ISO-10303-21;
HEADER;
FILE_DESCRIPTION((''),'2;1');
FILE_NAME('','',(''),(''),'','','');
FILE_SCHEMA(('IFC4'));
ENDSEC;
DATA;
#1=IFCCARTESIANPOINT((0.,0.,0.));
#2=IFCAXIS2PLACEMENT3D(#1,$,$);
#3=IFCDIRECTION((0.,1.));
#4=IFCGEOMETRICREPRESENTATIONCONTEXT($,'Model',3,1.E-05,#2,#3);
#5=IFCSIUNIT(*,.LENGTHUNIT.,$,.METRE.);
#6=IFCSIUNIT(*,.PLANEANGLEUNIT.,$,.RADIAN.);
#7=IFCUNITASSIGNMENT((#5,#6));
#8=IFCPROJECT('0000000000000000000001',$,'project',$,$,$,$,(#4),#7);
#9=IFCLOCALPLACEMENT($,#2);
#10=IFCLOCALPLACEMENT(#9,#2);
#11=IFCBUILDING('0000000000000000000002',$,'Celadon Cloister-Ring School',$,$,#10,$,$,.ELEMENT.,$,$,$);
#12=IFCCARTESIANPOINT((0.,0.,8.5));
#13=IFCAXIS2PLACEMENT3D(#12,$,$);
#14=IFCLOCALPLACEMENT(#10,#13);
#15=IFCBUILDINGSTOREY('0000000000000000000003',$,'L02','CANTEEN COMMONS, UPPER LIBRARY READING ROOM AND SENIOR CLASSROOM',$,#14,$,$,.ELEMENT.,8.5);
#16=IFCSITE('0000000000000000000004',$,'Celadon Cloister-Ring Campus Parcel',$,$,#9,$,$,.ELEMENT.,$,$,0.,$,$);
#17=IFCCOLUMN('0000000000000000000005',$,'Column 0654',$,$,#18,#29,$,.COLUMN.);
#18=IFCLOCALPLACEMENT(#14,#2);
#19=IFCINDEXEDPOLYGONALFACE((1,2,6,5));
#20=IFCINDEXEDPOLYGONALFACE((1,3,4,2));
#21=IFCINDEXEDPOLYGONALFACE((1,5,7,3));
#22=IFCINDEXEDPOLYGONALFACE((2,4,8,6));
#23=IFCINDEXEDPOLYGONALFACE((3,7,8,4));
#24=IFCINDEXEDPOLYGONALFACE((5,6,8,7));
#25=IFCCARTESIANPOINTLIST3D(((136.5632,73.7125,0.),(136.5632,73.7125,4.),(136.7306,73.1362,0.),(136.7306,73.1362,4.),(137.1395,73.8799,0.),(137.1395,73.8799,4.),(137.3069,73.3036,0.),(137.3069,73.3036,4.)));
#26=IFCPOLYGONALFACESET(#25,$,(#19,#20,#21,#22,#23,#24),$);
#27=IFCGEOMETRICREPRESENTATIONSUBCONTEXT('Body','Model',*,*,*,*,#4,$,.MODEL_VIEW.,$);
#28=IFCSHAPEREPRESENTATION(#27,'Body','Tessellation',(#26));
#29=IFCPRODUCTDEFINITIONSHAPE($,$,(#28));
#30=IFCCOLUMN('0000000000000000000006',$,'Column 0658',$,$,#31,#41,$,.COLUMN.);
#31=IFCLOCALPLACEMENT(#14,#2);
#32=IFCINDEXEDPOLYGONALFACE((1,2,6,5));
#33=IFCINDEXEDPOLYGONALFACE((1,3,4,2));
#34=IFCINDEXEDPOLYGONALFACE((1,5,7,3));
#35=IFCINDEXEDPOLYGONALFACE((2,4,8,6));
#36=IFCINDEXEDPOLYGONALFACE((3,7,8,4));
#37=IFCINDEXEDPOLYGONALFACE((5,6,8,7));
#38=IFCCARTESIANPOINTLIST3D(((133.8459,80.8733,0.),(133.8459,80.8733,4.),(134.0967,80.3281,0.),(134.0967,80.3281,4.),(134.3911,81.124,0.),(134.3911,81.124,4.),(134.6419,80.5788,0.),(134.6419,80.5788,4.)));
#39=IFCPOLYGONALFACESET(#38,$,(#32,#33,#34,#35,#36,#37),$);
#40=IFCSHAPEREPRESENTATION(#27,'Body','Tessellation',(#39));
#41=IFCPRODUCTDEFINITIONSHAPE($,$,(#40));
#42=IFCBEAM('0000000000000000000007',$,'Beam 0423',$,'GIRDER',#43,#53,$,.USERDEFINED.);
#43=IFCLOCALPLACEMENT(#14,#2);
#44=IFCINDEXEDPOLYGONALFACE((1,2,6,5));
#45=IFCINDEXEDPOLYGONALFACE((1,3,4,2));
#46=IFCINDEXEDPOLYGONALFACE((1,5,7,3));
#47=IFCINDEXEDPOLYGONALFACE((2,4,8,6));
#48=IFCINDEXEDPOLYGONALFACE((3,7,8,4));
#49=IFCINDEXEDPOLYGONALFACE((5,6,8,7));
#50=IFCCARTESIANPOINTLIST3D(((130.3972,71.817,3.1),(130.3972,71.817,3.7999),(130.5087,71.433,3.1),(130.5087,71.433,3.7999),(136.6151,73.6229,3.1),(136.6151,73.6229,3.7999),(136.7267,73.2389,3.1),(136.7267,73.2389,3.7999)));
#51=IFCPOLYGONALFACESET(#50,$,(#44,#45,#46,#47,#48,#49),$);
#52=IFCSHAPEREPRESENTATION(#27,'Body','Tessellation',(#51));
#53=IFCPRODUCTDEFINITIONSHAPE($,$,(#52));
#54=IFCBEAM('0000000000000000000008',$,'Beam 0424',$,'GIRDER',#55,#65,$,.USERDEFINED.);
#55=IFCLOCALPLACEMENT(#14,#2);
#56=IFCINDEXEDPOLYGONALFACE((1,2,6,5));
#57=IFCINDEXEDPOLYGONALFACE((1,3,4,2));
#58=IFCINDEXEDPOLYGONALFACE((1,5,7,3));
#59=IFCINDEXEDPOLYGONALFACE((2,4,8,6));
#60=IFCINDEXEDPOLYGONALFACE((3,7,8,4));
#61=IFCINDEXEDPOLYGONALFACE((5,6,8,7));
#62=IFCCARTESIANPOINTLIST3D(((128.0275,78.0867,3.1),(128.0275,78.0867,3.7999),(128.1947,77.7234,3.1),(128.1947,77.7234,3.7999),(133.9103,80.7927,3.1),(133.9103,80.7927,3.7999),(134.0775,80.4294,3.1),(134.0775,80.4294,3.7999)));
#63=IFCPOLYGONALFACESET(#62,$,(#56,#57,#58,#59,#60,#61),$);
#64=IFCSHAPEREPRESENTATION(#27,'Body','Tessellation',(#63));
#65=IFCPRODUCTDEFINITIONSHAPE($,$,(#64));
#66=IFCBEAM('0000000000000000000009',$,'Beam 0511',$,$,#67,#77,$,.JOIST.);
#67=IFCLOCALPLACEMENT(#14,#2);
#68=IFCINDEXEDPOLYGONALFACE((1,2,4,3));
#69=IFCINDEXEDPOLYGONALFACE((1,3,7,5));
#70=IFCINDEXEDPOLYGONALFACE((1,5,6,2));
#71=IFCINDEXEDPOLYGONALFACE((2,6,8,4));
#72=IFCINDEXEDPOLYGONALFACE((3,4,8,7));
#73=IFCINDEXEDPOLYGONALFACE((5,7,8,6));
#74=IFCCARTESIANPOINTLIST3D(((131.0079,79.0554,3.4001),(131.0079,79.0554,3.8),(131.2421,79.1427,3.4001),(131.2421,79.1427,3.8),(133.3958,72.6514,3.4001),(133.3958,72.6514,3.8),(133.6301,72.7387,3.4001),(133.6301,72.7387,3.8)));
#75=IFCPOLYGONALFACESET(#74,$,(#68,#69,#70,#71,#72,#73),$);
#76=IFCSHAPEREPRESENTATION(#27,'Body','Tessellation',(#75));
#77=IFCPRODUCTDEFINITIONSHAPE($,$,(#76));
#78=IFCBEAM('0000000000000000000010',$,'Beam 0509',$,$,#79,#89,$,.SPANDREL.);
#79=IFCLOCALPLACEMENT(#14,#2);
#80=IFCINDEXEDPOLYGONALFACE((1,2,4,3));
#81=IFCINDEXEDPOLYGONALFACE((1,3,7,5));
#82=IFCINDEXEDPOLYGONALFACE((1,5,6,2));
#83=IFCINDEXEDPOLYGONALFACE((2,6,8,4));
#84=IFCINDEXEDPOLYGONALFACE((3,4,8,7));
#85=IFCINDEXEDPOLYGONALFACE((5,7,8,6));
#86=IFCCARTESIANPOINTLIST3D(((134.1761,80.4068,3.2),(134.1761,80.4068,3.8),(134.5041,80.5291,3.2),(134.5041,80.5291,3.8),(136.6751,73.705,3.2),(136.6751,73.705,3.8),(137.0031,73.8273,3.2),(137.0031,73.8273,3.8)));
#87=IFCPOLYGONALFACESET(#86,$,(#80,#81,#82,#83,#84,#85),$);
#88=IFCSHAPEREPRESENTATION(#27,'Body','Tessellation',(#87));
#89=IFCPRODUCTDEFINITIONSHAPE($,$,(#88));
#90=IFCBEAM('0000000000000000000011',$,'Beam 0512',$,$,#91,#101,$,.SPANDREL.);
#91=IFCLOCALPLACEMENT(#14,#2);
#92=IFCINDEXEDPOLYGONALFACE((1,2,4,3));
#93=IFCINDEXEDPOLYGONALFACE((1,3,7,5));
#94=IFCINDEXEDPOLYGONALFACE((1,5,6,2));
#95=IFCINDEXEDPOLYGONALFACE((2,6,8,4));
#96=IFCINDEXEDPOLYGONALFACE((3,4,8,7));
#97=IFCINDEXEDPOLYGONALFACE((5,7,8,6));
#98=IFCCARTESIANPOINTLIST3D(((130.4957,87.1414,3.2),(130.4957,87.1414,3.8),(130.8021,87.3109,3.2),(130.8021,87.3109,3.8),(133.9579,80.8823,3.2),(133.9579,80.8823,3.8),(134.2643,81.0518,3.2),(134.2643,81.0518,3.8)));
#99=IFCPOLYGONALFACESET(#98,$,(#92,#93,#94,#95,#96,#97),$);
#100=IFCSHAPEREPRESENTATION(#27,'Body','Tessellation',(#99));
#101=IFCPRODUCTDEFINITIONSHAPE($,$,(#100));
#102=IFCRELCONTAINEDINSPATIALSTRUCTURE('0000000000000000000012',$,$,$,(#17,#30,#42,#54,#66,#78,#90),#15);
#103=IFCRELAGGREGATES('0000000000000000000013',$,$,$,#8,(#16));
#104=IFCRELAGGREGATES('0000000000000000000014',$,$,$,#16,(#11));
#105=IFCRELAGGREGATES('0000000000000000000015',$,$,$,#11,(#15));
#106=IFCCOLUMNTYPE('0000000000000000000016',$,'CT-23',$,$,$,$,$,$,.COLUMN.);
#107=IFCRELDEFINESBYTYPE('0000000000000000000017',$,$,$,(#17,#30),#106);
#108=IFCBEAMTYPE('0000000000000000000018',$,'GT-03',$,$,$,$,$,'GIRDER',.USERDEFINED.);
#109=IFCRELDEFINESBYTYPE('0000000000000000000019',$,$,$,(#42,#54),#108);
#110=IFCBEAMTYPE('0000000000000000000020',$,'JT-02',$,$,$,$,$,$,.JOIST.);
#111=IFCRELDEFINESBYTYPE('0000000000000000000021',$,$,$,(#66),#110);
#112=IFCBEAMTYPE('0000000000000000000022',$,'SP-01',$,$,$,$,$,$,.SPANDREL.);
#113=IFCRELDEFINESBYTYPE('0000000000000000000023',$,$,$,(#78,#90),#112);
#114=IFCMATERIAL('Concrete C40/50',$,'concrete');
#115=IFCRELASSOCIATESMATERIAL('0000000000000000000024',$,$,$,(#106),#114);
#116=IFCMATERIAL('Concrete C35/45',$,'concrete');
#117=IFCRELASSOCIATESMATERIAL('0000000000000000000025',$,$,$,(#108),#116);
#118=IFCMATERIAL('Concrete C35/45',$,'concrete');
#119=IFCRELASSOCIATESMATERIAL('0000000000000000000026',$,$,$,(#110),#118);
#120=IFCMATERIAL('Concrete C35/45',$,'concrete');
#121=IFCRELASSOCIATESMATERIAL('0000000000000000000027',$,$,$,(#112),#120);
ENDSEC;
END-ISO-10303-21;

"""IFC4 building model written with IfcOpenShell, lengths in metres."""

from ifc_helpers import new_model, si_unit, direction, frame, origin, origin_2d, place, context, subcontext, project, spatial, rectangle, extrude, material, material_profile, profile_set, type_object, element, save


model = new_model("IFC4")

# Units and contexts
model_context = context("Model", 3, precision=1e-05, world=origin(), true_north=direction((0.0, 1.0)))
body_context = subcontext(model_context, "Body", "Model", "MODEL_VIEW")
ifc_project = project(units=[si_unit("LENGTHUNIT", "METRE"), si_unit("PLANEANGLEUNIT", "RADIAN")], contexts=[model_context])

# Site, building, storey
site_placement = place(None, origin())
site = spatial("IfcSite", under=ifc_project, at=site_placement, Name="Celadon Cloister-Ring Campus Parcel", CompositionType="ELEMENT", RefElevation=0.0)
building_placement = place(site_placement, origin())
building = spatial("IfcBuilding", under=site, at=building_placement, Name="Celadon Cloister-Ring School", CompositionType="ELEMENT")
storey_placement = place(building_placement, frame((0.0, 0.0, 8.5)))
storey = spatial("IfcBuildingStorey", under=building, at=storey_placement, Name="L02", Description="CANTEEN COMMONS, UPPER LIBRARY READING ROOM AND SENIOR CLASSROOM", CompositionType="ELEMENT", Elevation=8.5)

# Columns
ifc_material_1 = material(Name="Concrete C40/50", Category="concrete")
ifc_material_profile_1 = material_profile(ifc_material_1, rectangle(XDim=0.6001, YDim=0.6001, at=origin_2d()), Name="RC600X600")
ifc_profile_set_1 = profile_set([ifc_material_profile_1], Name="Concrete C40/50")
column_type = type_object("IfcColumnType", Name="CT-23", PredefinedType="COLUMN", material=ifc_profile_set_1)
for number, where, z_axis, x_axis, name in (
    (1, (136.9351, 73.5081, 0.0), (0.0, 0.0, 1.0), (0.960294, 0.278991, 0.0), "Column 0654"),
    (2, (134.2439, 80.7261, 0.0), (0.0, 0.0, 1.0), (0.908537, 0.417804, 0.0), "Column 0658"),
):
    element("IfcColumn", number, at=place(storey_placement, frame(where, z_axis=z_axis, x_axis=x_axis)), inside=storey, type_object=column_type, Name=name, PredefinedType="COLUMN", context=body_context, shape_type="SweptSolid", body=[
        extrude(rectangle(XDim=0.6001, YDim=0.6001, at=origin_2d()), origin(), (0.0, 0.0, 1.0), 4.0),
    ])

# Beams
ifc_material_2 = material(Name="Concrete C35/45", Category="concrete")
ifc_material_profile_2 = material_profile(ifc_material_2, rectangle(XDim=0.3999, YDim=0.7, at=origin_2d()), Name="RC400X700")
ifc_profile_set_2 = profile_set([ifc_material_profile_2], Name="Concrete C35/45")
beam_type_1 = type_object("IfcBeamType", Name="GT-03", ElementType="GIRDER", PredefinedType="USERDEFINED", material=ifc_profile_set_2)
beam_1_placement = place(storey_placement, frame((136.6709, 73.4309, 3.45), z_axis=(-0.960318, -0.278907, 0.0), x_axis=(0.278907, -0.960318, 0.0)))
element("IfcBeam", 3, at=beam_1_placement, inside=storey, type_object=beam_type_1, Name="Beam 0423", ObjectType="GIRDER", PredefinedType="USERDEFINED", context=body_context, shape_type="SweptSolid", body=[
    extrude(rectangle(XDim=0.3999, YDim=0.7, at=origin_2d()), origin(), (0.0, 0.0, 1.0), 6.4749),
])
beam_2_placement = place(storey_placement, frame((133.9939, 80.6111, 3.45), z_axis=(-0.908493, -0.417901, 0.0), x_axis=(0.417901, -0.908493, 0.0)))
element("IfcBeam", 4, at=beam_2_placement, inside=storey, type_object=beam_type_1, Name="Beam 0424", ObjectType="GIRDER", PredefinedType="USERDEFINED", context=body_context, shape_type="SweptSolid", body=[
    extrude(rectangle(XDim=0.3999, YDim=0.7, at=origin_2d()), origin(), (0.0, 0.0, 1.0), 6.4753),
])
ifc_material_3 = material(Name="Concrete C35/45", Category="concrete")
ifc_material_profile_3 = material_profile(ifc_material_3, rectangle(XDim=0.25, YDim=0.3999, at=origin_2d()), Name="RC250X400")
ifc_profile_set_3 = profile_set([ifc_material_profile_3], Name="Concrete C35/45")
beam_type_2 = type_object("IfcBeamType", Name="JT-02", PredefinedType="JOIST", material=ifc_profile_set_3)
beam_3_placement = place(storey_placement, frame((133.5129, 72.6951, 3.6001), z_axis=(-0.349381, 0.936981, 0.0), x_axis=(-0.936981, -0.349381, 0.0)))
element("IfcBeam", 5, at=beam_3_placement, inside=storey, type_object=beam_type_2, Name="Beam 0511", PredefinedType="JOIST", context=body_context, shape_type="SweptSolid", body=[
    extrude(rectangle(XDim=0.25, YDim=0.3999, at=origin_2d()), origin(), (0.0, 0.0, 1.0), 6.8347),
])
ifc_material_4 = material(Name="Concrete C35/45", Category="concrete")
ifc_material_profile_4 = material_profile(ifc_material_4, rectangle(XDim=0.3501, YDim=0.6001, at=origin_2d()), Name="RC350X600")
ifc_profile_set_4 = profile_set([ifc_material_profile_4], Name="Concrete C35/45")
beam_type_3 = type_object("IfcBeamType", Name="SP-01", PredefinedType="SPANDREL", material=ifc_profile_set_4)
beam_4_placement = place(storey_placement, frame((136.8391, 73.7661, 3.5), z_axis=(-0.349383, 0.93698, 0.0), x_axis=(-0.93698, -0.349383, 0.0)))
element("IfcBeam", 6, at=beam_4_placement, inside=storey, type_object=beam_type_3, Name="Beam 0509", PredefinedType="SPANDREL", context=body_context, shape_type="SweptSolid", body=[
    extrude(rectangle(XDim=0.3501, YDim=0.6001, at=origin_2d()), origin(), (0.0, 0.0, 1.0), 7.1526),
])
beam_5_placement = place(storey_placement, frame((134.1111, 80.967, 3.5), z_axis=(-0.484031, 0.875051, 0.0), x_axis=(-0.875051, -0.484031, 0.0)))
element("IfcBeam", 7, at=beam_5_placement, inside=storey, type_object=beam_type_3, Name="Beam 0512", PredefinedType="SPANDREL", context=body_context, shape_type="SweptSolid", body=[
    extrude(rectangle(XDim=0.3501, YDim=0.6001, at=origin_2d()), origin(), (0.0, 0.0, 1.0), 7.1528),
])

save(model, "model.ifc")
